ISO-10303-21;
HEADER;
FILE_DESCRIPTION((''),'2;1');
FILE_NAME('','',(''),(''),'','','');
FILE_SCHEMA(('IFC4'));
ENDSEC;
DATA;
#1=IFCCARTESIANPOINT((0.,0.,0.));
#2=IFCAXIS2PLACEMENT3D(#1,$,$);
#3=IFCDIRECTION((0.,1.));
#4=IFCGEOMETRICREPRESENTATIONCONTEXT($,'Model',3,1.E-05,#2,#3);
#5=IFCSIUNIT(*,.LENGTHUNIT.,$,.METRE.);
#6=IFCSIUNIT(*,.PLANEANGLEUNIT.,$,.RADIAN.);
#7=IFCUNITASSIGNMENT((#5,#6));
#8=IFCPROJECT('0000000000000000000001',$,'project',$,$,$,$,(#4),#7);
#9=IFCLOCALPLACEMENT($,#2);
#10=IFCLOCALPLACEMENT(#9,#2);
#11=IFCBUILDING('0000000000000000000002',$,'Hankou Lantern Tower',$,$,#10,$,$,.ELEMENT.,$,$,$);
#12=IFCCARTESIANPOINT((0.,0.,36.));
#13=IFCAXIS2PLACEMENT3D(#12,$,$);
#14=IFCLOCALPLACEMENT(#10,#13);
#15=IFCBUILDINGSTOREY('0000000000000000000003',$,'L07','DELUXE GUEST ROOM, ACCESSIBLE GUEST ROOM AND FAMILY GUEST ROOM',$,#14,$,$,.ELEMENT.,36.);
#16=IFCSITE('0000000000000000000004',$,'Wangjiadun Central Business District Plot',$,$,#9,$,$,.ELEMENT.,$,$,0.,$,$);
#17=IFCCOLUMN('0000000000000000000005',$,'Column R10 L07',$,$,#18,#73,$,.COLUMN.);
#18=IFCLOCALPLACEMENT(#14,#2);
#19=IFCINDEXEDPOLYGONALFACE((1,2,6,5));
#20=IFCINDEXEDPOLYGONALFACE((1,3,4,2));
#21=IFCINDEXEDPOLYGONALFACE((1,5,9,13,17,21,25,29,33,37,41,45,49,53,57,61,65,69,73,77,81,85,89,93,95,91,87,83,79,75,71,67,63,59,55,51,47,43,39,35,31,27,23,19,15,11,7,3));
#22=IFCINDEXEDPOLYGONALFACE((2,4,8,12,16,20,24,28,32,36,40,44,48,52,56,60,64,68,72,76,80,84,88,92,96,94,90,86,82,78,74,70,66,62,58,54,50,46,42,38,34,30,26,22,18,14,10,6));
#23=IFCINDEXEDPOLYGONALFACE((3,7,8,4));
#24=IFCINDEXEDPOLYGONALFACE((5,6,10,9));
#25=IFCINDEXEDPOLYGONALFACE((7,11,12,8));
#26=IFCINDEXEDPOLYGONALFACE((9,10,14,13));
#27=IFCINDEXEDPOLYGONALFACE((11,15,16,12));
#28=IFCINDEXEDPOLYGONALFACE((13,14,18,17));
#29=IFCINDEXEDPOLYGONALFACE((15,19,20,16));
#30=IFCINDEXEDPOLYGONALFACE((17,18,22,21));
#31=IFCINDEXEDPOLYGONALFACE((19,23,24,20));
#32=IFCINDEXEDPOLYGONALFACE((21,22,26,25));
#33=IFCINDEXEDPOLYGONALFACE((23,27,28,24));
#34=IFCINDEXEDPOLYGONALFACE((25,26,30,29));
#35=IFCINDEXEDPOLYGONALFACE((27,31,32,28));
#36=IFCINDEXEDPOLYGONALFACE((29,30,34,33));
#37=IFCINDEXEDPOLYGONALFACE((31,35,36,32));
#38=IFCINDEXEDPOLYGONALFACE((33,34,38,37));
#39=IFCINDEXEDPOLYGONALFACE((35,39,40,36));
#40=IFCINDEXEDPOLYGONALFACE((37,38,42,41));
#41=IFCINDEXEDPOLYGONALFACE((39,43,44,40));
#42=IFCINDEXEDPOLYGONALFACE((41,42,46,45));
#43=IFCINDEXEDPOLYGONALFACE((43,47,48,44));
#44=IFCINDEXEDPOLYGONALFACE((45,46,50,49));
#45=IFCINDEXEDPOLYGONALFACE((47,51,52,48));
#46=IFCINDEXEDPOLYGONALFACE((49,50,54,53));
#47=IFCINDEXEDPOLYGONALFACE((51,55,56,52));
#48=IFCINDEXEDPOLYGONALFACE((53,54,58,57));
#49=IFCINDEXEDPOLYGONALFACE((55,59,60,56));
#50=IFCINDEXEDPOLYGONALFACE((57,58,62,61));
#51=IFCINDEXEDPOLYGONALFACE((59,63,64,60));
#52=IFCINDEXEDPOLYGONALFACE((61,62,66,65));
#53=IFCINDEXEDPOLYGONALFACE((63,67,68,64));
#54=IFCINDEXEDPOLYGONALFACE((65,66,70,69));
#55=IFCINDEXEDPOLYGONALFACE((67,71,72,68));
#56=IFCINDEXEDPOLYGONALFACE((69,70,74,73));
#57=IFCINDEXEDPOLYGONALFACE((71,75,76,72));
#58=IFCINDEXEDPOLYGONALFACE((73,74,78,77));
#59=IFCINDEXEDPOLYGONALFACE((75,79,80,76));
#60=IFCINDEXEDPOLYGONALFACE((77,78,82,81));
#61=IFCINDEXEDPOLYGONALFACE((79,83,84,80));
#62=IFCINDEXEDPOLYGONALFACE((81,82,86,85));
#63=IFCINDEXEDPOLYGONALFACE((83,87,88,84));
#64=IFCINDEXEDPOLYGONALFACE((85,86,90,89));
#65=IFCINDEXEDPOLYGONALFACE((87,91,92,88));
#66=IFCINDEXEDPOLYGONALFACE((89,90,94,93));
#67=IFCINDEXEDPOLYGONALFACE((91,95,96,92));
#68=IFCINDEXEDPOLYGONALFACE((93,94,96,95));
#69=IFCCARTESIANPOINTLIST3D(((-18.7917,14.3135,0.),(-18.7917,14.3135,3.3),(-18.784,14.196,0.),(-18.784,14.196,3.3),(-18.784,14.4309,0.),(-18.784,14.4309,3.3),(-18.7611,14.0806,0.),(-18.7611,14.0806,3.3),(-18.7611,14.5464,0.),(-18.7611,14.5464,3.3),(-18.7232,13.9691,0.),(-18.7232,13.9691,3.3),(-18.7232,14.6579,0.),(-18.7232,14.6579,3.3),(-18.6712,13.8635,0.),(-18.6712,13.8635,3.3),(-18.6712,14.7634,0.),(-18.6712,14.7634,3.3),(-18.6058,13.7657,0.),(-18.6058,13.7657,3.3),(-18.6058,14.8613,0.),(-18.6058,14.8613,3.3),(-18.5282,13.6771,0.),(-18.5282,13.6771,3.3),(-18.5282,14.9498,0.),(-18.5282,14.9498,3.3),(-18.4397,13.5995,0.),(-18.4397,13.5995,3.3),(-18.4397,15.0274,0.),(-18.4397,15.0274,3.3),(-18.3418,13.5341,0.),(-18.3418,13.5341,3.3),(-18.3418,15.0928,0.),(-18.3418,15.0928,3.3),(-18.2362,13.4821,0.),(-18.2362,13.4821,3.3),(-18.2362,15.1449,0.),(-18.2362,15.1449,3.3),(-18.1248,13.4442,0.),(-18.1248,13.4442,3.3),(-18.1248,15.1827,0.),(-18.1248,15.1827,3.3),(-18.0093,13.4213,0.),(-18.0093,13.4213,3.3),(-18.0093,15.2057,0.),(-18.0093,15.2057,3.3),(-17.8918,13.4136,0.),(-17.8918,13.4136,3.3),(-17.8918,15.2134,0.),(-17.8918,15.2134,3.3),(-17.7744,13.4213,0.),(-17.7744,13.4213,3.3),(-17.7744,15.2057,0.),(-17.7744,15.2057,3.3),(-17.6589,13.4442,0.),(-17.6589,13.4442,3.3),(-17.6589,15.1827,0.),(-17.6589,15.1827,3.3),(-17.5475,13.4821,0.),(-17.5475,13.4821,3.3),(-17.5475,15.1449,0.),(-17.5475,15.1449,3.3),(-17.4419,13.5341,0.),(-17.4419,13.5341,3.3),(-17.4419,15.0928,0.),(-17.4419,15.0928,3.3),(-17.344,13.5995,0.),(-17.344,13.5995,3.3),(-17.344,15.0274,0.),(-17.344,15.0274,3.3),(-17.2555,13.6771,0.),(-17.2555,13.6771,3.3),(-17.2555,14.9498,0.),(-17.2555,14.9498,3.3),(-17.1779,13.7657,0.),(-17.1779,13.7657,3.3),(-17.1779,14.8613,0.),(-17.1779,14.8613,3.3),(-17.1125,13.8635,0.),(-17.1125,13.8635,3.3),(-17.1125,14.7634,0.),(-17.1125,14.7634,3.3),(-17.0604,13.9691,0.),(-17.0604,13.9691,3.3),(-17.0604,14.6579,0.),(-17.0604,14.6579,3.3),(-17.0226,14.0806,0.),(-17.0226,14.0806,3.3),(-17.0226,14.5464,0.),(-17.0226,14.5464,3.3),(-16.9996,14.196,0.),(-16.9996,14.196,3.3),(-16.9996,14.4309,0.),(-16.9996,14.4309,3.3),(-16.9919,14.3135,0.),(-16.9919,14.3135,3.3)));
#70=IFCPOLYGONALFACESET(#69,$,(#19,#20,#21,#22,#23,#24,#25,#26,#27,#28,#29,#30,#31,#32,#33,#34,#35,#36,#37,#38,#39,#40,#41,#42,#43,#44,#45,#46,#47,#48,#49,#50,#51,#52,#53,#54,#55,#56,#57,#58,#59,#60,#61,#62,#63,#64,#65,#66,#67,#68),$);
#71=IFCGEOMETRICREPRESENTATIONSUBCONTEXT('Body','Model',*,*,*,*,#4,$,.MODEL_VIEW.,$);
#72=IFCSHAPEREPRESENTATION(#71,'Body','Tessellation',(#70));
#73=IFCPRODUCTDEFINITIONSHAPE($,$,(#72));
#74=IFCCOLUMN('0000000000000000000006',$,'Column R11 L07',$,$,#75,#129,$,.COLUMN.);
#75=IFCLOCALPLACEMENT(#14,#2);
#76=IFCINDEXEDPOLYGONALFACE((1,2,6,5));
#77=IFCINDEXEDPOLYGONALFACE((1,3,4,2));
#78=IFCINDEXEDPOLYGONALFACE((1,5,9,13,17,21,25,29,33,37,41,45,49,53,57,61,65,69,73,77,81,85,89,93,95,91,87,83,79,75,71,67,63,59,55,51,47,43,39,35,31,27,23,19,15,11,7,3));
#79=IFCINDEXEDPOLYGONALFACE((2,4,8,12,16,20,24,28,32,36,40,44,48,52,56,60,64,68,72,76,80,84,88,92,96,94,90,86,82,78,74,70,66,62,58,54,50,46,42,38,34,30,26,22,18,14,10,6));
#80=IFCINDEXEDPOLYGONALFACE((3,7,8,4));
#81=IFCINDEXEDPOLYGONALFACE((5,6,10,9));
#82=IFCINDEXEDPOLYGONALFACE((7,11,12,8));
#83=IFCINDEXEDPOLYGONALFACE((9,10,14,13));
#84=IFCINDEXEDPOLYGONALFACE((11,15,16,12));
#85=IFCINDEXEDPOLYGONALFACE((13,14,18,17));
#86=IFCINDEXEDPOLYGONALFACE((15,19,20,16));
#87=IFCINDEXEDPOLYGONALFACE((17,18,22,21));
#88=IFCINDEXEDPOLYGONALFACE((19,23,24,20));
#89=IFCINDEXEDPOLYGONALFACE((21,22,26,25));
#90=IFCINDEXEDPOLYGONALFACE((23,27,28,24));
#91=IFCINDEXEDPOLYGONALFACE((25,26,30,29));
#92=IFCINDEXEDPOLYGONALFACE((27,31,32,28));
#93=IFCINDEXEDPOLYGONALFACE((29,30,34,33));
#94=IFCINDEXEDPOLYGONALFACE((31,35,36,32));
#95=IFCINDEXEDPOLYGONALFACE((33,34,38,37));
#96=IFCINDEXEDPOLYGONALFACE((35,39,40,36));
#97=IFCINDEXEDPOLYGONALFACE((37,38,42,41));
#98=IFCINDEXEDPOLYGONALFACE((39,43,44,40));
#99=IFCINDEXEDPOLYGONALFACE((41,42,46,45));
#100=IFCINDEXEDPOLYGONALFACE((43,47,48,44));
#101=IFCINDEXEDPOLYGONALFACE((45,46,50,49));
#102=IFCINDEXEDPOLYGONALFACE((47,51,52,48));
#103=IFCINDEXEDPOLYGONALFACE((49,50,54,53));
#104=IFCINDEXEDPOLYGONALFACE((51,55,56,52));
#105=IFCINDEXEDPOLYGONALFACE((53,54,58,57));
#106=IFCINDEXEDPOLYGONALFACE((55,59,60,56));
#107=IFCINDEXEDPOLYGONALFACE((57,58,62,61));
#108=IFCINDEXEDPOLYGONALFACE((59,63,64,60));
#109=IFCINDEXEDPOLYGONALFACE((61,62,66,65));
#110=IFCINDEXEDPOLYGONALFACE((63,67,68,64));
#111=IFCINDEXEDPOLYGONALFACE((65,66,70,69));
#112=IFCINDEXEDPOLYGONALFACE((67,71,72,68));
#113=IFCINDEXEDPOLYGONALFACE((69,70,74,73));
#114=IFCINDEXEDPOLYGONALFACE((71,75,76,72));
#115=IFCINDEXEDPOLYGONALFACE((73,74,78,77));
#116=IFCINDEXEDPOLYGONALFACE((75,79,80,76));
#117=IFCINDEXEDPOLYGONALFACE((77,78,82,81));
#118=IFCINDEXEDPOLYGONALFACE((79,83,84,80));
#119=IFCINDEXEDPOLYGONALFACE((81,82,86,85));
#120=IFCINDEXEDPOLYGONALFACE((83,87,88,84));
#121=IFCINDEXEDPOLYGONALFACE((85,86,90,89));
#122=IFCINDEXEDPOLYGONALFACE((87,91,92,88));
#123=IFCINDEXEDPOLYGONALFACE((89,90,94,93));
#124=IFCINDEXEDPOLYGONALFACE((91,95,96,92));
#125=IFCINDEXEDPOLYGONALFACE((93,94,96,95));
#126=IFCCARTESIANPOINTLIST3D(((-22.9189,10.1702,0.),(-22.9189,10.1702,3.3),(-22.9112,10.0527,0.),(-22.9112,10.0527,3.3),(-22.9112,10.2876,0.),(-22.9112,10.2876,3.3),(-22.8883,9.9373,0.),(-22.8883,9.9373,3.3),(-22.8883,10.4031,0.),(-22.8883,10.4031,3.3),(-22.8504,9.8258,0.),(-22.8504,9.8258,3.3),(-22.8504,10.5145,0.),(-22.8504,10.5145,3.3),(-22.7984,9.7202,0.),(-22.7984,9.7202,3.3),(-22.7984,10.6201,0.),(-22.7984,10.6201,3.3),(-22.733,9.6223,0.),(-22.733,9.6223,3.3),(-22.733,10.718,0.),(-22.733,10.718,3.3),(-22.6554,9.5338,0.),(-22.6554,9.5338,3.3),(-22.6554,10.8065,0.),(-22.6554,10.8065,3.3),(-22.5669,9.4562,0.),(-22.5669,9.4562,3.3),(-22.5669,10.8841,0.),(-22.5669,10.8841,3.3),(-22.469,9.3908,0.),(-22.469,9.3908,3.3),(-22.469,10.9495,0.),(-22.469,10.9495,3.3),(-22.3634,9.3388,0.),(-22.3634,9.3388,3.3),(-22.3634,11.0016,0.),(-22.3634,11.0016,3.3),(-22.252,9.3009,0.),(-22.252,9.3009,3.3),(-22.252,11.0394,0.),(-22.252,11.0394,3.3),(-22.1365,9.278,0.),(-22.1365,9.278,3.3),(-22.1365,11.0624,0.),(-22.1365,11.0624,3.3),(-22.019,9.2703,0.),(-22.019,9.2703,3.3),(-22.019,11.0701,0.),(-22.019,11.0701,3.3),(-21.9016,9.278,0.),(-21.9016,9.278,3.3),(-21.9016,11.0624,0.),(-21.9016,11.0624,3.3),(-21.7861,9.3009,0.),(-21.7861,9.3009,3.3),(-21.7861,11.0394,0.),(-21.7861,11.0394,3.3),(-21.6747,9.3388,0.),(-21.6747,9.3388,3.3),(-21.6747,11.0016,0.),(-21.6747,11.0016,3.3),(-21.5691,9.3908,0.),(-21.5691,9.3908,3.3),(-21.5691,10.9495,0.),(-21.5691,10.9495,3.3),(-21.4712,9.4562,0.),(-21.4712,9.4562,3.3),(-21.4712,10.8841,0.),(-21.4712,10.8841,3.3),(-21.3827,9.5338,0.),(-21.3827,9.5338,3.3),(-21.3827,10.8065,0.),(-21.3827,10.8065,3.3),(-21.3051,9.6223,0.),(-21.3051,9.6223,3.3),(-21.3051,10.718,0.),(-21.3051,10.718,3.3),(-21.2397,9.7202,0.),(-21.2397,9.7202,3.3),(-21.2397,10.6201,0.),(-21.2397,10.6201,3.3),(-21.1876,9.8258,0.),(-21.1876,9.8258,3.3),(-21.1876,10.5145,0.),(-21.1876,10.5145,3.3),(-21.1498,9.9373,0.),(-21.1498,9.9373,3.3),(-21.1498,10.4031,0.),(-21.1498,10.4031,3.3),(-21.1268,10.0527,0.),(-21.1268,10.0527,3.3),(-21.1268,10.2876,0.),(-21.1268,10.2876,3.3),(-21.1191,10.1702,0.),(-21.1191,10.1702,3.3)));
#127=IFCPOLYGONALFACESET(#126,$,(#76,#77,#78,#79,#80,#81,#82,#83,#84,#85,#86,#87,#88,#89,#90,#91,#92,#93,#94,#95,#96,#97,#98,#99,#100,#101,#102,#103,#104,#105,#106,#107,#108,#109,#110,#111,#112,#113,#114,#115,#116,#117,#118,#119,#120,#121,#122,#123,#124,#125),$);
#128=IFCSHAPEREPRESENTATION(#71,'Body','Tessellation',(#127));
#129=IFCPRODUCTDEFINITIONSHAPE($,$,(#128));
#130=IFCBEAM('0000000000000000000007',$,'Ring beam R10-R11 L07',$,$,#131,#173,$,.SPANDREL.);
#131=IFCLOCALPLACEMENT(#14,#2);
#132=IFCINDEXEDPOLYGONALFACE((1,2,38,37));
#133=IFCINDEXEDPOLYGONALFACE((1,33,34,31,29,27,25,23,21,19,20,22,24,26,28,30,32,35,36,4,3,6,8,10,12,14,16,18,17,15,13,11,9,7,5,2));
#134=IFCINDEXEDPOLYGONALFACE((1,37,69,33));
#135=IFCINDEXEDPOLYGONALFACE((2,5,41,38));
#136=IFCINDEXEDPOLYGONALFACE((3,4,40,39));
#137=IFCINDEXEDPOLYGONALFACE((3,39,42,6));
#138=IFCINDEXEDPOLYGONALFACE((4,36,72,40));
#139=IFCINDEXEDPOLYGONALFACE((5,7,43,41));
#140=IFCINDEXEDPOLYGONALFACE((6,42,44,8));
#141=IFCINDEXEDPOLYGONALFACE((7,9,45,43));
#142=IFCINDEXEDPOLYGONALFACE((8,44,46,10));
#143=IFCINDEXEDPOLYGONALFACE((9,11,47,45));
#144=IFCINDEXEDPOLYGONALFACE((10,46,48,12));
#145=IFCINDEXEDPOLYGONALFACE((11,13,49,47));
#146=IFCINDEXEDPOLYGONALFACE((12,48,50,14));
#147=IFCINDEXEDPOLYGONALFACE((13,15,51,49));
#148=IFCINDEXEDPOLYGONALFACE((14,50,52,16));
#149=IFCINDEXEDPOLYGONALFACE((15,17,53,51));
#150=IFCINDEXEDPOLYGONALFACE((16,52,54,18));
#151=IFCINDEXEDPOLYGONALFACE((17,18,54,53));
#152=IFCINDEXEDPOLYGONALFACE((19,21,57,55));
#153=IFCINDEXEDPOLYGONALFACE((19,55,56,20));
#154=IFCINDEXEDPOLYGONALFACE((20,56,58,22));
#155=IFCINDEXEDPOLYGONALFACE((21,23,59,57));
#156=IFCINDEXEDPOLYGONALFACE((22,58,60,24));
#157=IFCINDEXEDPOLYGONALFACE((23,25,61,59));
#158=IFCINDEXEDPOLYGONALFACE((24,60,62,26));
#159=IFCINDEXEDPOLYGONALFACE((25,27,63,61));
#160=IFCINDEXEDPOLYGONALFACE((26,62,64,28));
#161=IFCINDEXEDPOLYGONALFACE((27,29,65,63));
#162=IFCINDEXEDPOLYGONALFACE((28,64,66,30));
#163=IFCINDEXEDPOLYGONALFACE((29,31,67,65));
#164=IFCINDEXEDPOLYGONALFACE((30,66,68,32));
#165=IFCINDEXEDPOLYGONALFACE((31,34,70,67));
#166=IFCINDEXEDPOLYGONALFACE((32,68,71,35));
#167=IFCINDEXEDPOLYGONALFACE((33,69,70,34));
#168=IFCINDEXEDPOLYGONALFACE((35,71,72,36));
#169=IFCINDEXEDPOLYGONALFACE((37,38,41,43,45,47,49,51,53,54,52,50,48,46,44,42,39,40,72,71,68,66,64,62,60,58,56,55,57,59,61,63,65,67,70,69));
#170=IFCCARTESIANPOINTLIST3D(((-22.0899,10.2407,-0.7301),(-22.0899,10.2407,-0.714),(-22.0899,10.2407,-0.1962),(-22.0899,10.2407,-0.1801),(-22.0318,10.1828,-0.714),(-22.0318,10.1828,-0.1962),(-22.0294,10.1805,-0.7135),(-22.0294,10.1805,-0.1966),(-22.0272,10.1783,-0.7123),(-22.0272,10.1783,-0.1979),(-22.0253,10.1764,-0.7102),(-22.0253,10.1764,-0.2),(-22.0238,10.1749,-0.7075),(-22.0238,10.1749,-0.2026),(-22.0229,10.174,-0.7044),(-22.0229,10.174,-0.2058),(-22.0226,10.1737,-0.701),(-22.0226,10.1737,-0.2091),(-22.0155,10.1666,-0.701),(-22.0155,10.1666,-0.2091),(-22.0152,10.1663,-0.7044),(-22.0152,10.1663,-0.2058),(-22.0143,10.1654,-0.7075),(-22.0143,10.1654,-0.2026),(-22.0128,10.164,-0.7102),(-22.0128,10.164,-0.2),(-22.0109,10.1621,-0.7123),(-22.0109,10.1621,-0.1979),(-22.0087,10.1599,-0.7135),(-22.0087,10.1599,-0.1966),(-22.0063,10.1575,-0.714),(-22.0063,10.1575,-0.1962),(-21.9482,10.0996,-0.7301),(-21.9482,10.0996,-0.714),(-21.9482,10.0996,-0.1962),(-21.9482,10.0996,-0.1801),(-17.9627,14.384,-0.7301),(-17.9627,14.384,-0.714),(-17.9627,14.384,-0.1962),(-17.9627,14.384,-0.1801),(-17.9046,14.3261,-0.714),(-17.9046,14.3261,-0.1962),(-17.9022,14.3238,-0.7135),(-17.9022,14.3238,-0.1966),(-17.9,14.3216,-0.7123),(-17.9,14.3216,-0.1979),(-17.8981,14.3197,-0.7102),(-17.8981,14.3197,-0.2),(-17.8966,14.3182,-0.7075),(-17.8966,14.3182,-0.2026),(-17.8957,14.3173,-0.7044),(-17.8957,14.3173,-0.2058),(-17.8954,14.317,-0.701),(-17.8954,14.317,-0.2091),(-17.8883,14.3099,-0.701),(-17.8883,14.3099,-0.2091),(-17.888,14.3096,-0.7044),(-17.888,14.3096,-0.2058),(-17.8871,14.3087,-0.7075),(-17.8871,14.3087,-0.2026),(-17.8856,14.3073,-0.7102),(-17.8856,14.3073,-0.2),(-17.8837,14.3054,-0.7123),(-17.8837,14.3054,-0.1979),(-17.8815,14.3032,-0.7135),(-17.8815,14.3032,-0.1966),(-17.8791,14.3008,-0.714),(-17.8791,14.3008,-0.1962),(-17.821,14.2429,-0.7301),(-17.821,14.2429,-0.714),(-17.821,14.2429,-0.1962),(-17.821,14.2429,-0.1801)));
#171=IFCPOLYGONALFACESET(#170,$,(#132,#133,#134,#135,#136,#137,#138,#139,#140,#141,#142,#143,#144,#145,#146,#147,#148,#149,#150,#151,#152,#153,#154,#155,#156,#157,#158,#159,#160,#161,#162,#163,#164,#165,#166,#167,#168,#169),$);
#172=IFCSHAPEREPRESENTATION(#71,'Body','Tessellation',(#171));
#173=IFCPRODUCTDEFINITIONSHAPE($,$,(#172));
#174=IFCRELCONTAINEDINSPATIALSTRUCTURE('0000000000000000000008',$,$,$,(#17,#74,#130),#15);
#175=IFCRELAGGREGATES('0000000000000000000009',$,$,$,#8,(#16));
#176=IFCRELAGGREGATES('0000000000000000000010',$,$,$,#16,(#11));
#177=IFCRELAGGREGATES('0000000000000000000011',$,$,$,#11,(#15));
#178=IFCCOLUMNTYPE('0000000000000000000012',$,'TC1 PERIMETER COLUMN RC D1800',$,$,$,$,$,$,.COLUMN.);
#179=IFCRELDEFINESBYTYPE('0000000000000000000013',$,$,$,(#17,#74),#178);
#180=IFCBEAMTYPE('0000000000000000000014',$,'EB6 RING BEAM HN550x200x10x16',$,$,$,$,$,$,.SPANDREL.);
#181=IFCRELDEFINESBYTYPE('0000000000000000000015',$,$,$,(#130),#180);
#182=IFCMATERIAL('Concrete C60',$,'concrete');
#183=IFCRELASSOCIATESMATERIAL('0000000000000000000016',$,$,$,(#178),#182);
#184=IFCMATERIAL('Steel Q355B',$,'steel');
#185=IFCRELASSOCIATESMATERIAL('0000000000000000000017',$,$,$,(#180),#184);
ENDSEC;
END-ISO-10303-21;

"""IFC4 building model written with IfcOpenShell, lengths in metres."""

from ifc_helpers import new_model, si_unit, direction, frame, origin, origin_2d, place, context, subcontext, project, spatial, circle, i_section, extrude, material, material_profile, profile_set, type_object, element, save


model = new_model("IFC4")

# Units and contexts
model_context = context("Model", 3, precision=1e-05, world=origin(), true_north=direction((0.0, 1.0)))
body_context = subcontext(model_context, "Body", "Model", "MODEL_VIEW")
ifc_project = project(units=[si_unit("LENGTHUNIT", "METRE"), si_unit("PLANEANGLEUNIT", "RADIAN")], contexts=[model_context])

# Site, building, storey
site_placement = place(None, origin())
site = spatial("IfcSite", under=ifc_project, at=site_placement, Name="Wangjiadun Central Business District Plot", CompositionType="ELEMENT", RefElevation=0.0)
building_placement = place(site_placement, origin())
building = spatial("IfcBuilding", under=site, at=building_placement, Name="Hankou Lantern Tower", CompositionType="ELEMENT")
storey_placement = place(building_placement, frame((0.0, 0.0, 36.0)))
storey = spatial("IfcBuildingStorey", under=building, at=storey_placement, Name="L07", Description="DELUXE GUEST ROOM, ACCESSIBLE GUEST ROOM AND FAMILY GUEST ROOM", CompositionType="ELEMENT", Elevation=36.0)

# Columns
ifc_material_1 = material(Name="Concrete C60", Category="concrete")
ifc_material_profile_1 = material_profile(ifc_material_1, circle(Radius=0.8999, at=origin_2d()), Name="RC D1800")
ifc_profile_set_1 = profile_set([ifc_material_profile_1], Name="Concrete C60")
column_type = type_object("IfcColumnType", Name="TC1 PERIMETER COLUMN RC D1800", PredefinedType="COLUMN", material=ifc_profile_set_1)
for number, where, z_axis, x_axis, name in (
    (1, (-17.8918, 14.3135, 0.0), (0.0, 0.0, 1.0), (1.0, 0.0, 0.0), "Column R10 L07"),
    (2, (-22.019, 10.1702, 0.0), (0.0, 0.0, 1.0), (1.0, 0.0, 0.0), "Column R11 L07"),
):
    element("IfcColumn", number, at=place(storey_placement, frame(where, z_axis=z_axis, x_axis=x_axis)), inside=storey, type_object=column_type, Name=name, PredefinedType="COLUMN", context=body_context, shape_type="SweptSolid", body=[
        extrude(circle(Radius=0.8999, at=origin_2d()), origin(), (0.0, 0.0, 1.0), 3.3),
    ])

# Beam
ifc_material_2 = material(Name="Steel Q355B", Category="steel")
ifc_material_profile_2 = material_profile(ifc_material_2, i_section(OverallWidth=0.2, OverallDepth=0.55, WebThickness=0.01, FlangeThickness=0.0161, FilletRadius=0.0129, at=origin_2d()), Name="HN550x200x10x16")
ifc_profile_set_2 = profile_set([ifc_material_profile_2], Name="Steel Q355B")
beam_type_1 = type_object("IfcBeamType", Name="EB6 RING BEAM HN550x200x10x16", PredefinedType="SPANDREL", material=ifc_profile_set_2)
beam_1_placement = place(storey_placement, frame((-17.8918, 14.3135, -0.4551), z_axis=(-0.705728, -0.708483, 0.0), x_axis=(0.708483, -0.705728, 0.0)))
element("IfcBeam", 3, at=beam_1_placement, inside=storey, type_object=beam_type_1, Name="Ring beam R10-R11 L07", PredefinedType="SPANDREL", context=body_context, shape_type="SweptSolid", body=[
    extrude(i_section(OverallWidth=0.2, OverallDepth=0.55, WebThickness=0.01, FlangeThickness=0.0161, FilletRadius=0.0129, at=origin_2d()), origin(), (0.0, 0.0, 1.0), 5.8481),
])

save(model, "model.ifc")
